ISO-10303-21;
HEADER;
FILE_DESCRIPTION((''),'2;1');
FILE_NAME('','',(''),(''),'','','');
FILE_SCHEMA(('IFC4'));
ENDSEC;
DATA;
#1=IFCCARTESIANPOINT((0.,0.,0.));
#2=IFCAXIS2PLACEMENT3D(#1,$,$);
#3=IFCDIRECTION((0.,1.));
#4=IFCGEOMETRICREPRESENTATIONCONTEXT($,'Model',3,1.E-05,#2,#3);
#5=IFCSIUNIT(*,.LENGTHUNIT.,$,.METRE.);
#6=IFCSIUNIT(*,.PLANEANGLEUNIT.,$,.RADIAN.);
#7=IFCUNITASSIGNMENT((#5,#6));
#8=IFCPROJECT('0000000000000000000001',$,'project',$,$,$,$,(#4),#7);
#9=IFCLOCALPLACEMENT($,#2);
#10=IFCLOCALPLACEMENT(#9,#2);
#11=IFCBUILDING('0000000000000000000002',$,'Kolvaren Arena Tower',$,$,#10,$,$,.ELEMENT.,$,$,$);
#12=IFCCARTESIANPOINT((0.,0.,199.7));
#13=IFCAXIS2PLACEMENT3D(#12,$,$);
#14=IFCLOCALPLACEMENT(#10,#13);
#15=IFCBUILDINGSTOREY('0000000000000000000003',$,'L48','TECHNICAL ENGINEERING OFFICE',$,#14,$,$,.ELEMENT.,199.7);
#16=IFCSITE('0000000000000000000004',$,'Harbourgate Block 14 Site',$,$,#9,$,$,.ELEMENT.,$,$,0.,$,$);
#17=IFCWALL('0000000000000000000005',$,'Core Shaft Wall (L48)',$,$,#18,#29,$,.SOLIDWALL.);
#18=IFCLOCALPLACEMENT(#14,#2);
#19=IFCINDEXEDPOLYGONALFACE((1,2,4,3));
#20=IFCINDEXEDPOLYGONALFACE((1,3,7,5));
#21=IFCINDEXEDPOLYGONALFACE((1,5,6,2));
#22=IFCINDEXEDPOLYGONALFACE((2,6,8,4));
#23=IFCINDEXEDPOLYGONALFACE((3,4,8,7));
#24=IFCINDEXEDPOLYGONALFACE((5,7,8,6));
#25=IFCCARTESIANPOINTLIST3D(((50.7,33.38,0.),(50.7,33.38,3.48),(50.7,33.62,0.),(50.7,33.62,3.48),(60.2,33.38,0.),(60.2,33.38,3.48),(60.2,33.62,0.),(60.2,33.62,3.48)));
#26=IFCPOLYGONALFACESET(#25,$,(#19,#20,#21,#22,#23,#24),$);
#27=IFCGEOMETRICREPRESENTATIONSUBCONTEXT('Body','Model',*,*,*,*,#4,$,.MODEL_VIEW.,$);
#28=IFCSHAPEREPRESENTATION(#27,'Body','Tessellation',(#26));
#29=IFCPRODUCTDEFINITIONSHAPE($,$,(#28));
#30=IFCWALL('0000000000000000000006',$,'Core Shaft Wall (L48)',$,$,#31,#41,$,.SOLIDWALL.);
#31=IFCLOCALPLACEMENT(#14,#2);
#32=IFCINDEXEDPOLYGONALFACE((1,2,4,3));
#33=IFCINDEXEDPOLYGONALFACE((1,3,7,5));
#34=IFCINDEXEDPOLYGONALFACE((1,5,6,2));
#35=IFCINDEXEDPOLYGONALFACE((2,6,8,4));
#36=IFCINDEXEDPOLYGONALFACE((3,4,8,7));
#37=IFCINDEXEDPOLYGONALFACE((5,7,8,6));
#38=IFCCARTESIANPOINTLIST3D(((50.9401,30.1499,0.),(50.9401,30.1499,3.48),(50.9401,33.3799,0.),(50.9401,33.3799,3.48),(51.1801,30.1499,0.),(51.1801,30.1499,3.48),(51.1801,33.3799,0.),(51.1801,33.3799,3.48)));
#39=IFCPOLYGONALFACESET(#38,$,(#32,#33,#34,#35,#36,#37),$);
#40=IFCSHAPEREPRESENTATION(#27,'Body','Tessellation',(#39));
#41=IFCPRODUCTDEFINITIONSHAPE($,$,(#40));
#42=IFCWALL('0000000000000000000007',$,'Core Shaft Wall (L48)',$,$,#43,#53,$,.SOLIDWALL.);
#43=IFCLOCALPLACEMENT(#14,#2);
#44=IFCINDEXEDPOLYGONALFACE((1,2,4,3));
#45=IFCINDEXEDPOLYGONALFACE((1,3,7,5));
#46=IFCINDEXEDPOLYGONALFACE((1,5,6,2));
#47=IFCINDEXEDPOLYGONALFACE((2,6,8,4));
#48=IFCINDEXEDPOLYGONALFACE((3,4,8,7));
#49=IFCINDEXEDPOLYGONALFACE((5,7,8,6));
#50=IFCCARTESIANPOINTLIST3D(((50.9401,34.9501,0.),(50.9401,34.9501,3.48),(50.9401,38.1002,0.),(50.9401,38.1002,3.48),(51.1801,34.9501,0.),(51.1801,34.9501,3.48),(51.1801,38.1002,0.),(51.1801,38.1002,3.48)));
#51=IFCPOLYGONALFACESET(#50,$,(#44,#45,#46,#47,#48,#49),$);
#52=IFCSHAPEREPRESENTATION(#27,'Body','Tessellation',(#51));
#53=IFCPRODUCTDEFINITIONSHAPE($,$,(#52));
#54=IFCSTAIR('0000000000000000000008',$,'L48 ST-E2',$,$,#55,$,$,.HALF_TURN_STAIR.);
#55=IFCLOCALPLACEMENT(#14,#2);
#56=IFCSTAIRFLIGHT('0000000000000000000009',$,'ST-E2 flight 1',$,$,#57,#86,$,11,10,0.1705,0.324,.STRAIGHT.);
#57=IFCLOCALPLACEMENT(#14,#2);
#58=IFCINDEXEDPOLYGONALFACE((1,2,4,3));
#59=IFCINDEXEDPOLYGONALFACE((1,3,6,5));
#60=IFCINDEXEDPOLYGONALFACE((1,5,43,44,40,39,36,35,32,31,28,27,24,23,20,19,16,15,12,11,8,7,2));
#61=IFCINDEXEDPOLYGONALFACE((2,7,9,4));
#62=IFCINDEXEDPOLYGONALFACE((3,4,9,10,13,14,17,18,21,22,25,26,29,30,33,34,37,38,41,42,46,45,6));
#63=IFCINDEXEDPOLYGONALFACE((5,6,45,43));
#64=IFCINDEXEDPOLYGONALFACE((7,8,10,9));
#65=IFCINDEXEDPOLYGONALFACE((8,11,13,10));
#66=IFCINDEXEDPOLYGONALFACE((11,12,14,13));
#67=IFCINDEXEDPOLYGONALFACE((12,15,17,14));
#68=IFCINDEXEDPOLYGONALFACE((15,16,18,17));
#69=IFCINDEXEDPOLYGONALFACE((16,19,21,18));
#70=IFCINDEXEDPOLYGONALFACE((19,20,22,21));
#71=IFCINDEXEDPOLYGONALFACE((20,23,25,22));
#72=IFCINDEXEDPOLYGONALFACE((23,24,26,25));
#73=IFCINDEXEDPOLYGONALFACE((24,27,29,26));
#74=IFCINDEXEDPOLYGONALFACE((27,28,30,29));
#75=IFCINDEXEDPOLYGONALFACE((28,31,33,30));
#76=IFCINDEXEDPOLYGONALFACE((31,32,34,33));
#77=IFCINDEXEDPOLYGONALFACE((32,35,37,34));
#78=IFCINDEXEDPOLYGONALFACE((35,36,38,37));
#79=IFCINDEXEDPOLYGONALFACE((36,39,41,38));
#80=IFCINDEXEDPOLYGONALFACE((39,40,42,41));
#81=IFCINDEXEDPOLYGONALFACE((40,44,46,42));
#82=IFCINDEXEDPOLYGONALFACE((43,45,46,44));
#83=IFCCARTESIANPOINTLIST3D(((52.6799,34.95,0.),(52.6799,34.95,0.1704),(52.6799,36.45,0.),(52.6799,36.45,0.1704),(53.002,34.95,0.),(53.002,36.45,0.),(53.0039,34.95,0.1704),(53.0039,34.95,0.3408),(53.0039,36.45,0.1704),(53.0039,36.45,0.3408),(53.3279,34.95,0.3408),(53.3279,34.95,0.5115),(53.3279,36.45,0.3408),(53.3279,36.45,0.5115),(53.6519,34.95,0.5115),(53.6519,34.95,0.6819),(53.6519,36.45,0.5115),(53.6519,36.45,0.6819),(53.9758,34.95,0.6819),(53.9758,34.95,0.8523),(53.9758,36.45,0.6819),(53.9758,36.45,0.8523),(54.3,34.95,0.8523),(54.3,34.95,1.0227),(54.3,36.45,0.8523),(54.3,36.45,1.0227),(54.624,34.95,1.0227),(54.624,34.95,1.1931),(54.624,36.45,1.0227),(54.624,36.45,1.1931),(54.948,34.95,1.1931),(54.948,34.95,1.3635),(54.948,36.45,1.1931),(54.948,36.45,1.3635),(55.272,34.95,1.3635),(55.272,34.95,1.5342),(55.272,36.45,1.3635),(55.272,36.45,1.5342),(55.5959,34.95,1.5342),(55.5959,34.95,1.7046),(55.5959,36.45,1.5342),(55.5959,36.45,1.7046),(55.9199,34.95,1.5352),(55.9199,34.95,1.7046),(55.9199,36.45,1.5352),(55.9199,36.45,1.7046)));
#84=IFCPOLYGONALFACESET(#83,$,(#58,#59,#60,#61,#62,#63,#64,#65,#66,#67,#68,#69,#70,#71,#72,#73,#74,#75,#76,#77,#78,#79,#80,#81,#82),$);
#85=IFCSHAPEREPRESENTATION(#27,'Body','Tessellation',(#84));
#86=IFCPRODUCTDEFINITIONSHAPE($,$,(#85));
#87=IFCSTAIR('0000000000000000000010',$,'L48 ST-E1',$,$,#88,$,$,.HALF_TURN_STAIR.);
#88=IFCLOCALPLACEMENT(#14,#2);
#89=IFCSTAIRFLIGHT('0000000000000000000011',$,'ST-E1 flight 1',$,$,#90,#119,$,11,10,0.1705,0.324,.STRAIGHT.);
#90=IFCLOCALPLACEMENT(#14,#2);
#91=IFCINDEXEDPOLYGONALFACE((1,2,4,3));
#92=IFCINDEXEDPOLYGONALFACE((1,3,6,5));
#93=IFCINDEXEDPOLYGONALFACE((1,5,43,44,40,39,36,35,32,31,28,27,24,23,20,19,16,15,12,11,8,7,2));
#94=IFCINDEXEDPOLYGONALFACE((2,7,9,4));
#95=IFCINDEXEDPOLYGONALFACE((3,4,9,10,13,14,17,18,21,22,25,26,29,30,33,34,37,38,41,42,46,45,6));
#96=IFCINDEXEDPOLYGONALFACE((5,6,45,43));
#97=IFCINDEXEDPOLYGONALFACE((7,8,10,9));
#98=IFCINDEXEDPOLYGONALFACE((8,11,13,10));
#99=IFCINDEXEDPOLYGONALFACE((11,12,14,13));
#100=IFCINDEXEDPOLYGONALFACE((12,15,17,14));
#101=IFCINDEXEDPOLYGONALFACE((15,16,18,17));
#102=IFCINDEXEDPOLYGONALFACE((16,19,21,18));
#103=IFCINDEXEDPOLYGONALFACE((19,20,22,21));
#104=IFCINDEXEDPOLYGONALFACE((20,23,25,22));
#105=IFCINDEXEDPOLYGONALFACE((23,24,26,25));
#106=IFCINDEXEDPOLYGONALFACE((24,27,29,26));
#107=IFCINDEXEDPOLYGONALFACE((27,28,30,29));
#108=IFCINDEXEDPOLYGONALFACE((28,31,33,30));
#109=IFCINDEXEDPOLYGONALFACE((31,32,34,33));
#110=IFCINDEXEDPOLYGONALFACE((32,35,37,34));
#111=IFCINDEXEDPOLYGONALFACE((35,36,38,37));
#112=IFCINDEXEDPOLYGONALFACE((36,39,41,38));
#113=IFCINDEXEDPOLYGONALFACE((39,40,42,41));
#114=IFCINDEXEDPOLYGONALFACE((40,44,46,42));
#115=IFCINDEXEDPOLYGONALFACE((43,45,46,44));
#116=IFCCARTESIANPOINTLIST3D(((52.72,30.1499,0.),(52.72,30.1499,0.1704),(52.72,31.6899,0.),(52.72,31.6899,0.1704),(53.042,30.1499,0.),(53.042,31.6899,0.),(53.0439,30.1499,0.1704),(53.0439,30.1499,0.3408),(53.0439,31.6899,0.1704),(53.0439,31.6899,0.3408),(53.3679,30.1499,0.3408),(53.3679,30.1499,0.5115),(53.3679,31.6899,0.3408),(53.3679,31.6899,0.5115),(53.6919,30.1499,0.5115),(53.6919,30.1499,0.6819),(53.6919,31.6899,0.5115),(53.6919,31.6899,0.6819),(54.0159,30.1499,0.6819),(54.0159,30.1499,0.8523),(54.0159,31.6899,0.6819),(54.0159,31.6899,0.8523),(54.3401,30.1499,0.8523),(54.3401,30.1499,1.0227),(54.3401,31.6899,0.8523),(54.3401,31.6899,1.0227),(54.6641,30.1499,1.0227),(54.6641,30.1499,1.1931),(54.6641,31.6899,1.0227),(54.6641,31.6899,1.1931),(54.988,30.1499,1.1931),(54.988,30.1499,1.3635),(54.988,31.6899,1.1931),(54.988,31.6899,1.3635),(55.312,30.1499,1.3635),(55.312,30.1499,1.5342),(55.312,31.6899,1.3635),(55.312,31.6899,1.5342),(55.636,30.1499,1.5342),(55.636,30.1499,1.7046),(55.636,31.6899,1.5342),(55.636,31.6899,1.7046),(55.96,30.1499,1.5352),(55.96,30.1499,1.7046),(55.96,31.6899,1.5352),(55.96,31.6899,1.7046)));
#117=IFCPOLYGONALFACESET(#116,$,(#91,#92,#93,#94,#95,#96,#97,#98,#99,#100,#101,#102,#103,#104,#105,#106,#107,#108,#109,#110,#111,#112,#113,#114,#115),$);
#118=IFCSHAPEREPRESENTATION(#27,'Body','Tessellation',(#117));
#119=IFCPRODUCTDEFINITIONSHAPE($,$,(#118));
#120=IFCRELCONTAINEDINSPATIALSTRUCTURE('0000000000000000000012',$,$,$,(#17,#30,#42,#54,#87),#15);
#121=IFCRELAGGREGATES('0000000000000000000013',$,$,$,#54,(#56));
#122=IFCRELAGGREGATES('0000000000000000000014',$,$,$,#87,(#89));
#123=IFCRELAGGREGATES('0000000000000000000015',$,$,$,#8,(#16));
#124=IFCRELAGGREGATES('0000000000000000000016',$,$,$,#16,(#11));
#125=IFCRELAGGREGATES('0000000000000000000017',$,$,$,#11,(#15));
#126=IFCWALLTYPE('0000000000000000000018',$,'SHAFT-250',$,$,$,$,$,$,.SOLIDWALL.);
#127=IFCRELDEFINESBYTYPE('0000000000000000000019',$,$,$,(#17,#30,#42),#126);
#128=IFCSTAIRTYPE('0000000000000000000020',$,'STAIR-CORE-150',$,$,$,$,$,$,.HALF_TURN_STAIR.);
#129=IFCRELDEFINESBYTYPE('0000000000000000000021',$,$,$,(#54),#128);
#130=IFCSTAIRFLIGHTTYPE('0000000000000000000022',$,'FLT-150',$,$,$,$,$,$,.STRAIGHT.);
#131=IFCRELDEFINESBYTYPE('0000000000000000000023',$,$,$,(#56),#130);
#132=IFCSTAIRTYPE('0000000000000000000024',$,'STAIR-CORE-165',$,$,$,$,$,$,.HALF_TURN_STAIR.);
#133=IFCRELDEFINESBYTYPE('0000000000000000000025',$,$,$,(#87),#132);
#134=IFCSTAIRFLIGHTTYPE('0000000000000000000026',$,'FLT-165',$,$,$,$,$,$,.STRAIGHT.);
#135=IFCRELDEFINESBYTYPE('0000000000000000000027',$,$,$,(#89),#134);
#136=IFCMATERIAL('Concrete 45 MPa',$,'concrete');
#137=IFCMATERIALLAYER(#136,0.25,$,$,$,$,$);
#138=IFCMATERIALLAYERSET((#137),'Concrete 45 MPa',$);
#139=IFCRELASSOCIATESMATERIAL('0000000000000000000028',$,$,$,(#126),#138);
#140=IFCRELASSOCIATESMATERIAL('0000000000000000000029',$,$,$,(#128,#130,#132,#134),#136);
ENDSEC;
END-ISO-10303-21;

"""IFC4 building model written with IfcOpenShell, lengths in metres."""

from ifc_helpers import new_model, si_unit, direction, frame, frame_2d, origin, place, context, subcontext, project, spatial, polyline, rectangle, outline, extrude, material, layer, layer_set, type_object, element, aggregate, save


model = new_model("IFC4")

# Units and contexts
model_context = context("Model", 3, precision=1e-05, world=origin(), true_north=direction((0.0, 1.0)))
body_context = subcontext(model_context, "Body", "Model", "MODEL_VIEW")
ifc_project = project(units=[si_unit("LENGTHUNIT", "METRE"), si_unit("PLANEANGLEUNIT", "RADIAN")], contexts=[model_context])

# Site, building, storey
site_placement = place(None, origin())
site = spatial("IfcSite", under=ifc_project, at=site_placement, Name="Harbourgate Block 14 Site", CompositionType="ELEMENT", RefElevation=0.0)
building_placement = place(site_placement, origin())
building = spatial("IfcBuilding", under=site, at=building_placement, Name="Kolvaren Arena Tower", CompositionType="ELEMENT")
storey_placement = place(building_placement, frame((0.0, 0.0, 199.7)))
storey = spatial("IfcBuildingStorey", under=building, at=storey_placement, Name="L48", Description="TECHNICAL ENGINEERING OFFICE", CompositionType="ELEMENT", Elevation=199.7)

# Walls
ifc_material_1 = material(Name="Concrete 45 MPa", Category="concrete")
ifc_layer_1 = layer(ifc_material_1, 0.25)
ifc_layer_set_1 = layer_set([ifc_layer_1], Name="Concrete 45 MPa")
wall_type_1 = type_object("IfcWallType", Name="SHAFT-250", PredefinedType="SOLIDWALL", material=ifc_layer_set_1)
wall_1_placement = place(storey_placement, frame((50.7, 33.5, 0.0), z_axis=(0.0, 0.0, 1.0), x_axis=(1.0, 0.0, 0.0)))
element("IfcWall", 1, at=wall_1_placement, inside=storey, type_object=wall_type_1, Name="Core Shaft Wall (L48)", PredefinedType="SOLIDWALL", context=body_context, shape_type="SweptSolid", body=[
    extrude(rectangle(XDim=9.5, YDim=0.24, at=frame_2d((4.75, 0.0))), origin(), (0.0, 0.0, 1.0), 3.48),
])
wall_2_placement = place(storey_placement, frame((51.0601, 30.1499, 0.0), z_axis=(0.0, 0.0, 1.0), x_axis=(0.0, 1.0, 0.0)))
element("IfcWall", 2, at=wall_2_placement, inside=storey, type_object=wall_type_1, Name="Core Shaft Wall (L48)", PredefinedType="SOLIDWALL", context=body_context, shape_type="SweptSolid", body=[
    extrude(rectangle(XDim=3.23, YDim=0.24, at=frame_2d((1.615, 0.0))), origin(), (0.0, 0.0, 1.0), 3.48),
])
wall_3_placement = place(storey_placement, frame((51.0601, 34.95, 0.0), z_axis=(0.0, 0.0, 1.0), x_axis=(0.0, 1.0, 0.0)))
element("IfcWall", 3, at=wall_3_placement, inside=storey, type_object=wall_type_1, Name="Core Shaft Wall (L48)", PredefinedType="SOLIDWALL", context=body_context, shape_type="SweptSolid", body=[
    extrude(rectangle(XDim=3.1501, YDim=0.24, at=frame_2d((1.5752, 0.0))), origin(), (0.0, 0.0, 1.0), 3.48),
])

# Stairs, stair flights
stair_type_1 = type_object("IfcStairType", Name="STAIR-CORE-150", PredefinedType="HALF_TURN_STAIR", material=ifc_material_1)
stair_1_placement = place(storey_placement, origin())
stair_1 = element("IfcStair", 4, at=stair_1_placement, inside=storey, type_object=stair_type_1, Name="L48 ST-E2", PredefinedType="HALF_TURN_STAIR")
stair_flight_type_1 = type_object("IfcStairFlightType", Name="FLT-150", PredefinedType="STRAIGHT", material=ifc_material_1)
stair_flight_1_placement = place(storey_placement, frame((52.6799, 35.7, 0.0), z_axis=(0.0, 0.0, 1.0), x_axis=(1.0, 0.0, 0.0)))
stair_flight_1 = element("IfcStairFlight", 5, at=stair_flight_1_placement, type_object=stair_flight_type_1, Name="ST-E2 flight 1", NumberOfRisers=11, NumberOfTreads=10, PredefinedType="STRAIGHT", RiserHeight=0.1705, TreadLength=0.324, context=body_context, shape_type="SweptSolid", body=[
    extrude(outline(polyline([(0.0, 0.0), (0.0, 0.1704), (0.324, 0.1704), (0.324, 0.3408), (0.6479, 0.3408), (0.6479, 0.5115), (0.9719, 0.5115), (0.9719, 0.6819), (1.2959, 0.6819), (1.2959, 0.8523), (1.6201, 0.8523), (1.6201, 1.0227), (1.9441, 1.0227), (1.9441, 1.1931), (2.2681, 1.1931), (2.2681, 1.3635), (2.592, 1.3635), (2.592, 1.5342), (2.916, 1.5342), (2.916, 1.7046), (3.24, 1.7046), (3.24, 1.875), (3.24, 1.5352), (0.322, 0.0), (0.0, 0.0)])), frame((0.0, 0.75, 0.0), z_axis=(0.0, -1.0, 0.0), x_axis=(1.0, 0.0, 0.0)), (0.0, 0.0, 1.0), 1.5),
])
aggregate(stair_1, [stair_flight_1])
stair_type_2 = type_object("IfcStairType", Name="STAIR-CORE-165", PredefinedType="HALF_TURN_STAIR", material=ifc_material_1)
stair_2_placement = place(storey_placement, origin())
stair_2 = element("IfcStair", 6, at=stair_2_placement, inside=storey, type_object=stair_type_2, Name="L48 ST-E1", PredefinedType="HALF_TURN_STAIR")
stair_flight_type_2 = type_object("IfcStairFlightType", Name="FLT-165", PredefinedType="STRAIGHT", material=ifc_material_1)
stair_flight_2_placement = place(storey_placement, frame((52.72, 30.9199, 0.0), z_axis=(0.0, 0.0, 1.0), x_axis=(1.0, 0.0, 0.0)))
stair_flight_2 = element("IfcStairFlight", 7, at=stair_flight_2_placement, type_object=stair_flight_type_2, Name="ST-E1 flight 1", NumberOfRisers=11, NumberOfTreads=10, PredefinedType="STRAIGHT", RiserHeight=0.1705, TreadLength=0.324, context=body_context, shape_type="SweptSolid", body=[
    extrude(outline(polyline([(0.0, 0.0), (0.0, 0.1704), (0.324, 0.1704), (0.324, 0.3408), (0.6479, 0.3408), (0.6479, 0.5115), (0.9719, 0.5115), (0.9719, 0.6819), (1.2959, 0.6819), (1.2959, 0.8523), (1.6201, 0.8523), (1.6201, 1.0227), (1.9441, 1.0227), (1.9441, 1.1931), (2.2681, 1.1931), (2.2681, 1.3635), (2.592, 1.3635), (2.592, 1.5342), (2.916, 1.5342), (2.916, 1.7046), (3.24, 1.7046), (3.24, 1.875), (3.24, 1.5352), (0.322, 0.0), (0.0, 0.0)])), frame((0.0, 0.77, 0.0), z_axis=(0.0, -1.0, 0.0), x_axis=(1.0, 0.0, 0.0)), (0.0, 0.0, 1.0), 1.54),
])
aggregate(stair_2, [stair_flight_2])

save(model, "model.ifc")
